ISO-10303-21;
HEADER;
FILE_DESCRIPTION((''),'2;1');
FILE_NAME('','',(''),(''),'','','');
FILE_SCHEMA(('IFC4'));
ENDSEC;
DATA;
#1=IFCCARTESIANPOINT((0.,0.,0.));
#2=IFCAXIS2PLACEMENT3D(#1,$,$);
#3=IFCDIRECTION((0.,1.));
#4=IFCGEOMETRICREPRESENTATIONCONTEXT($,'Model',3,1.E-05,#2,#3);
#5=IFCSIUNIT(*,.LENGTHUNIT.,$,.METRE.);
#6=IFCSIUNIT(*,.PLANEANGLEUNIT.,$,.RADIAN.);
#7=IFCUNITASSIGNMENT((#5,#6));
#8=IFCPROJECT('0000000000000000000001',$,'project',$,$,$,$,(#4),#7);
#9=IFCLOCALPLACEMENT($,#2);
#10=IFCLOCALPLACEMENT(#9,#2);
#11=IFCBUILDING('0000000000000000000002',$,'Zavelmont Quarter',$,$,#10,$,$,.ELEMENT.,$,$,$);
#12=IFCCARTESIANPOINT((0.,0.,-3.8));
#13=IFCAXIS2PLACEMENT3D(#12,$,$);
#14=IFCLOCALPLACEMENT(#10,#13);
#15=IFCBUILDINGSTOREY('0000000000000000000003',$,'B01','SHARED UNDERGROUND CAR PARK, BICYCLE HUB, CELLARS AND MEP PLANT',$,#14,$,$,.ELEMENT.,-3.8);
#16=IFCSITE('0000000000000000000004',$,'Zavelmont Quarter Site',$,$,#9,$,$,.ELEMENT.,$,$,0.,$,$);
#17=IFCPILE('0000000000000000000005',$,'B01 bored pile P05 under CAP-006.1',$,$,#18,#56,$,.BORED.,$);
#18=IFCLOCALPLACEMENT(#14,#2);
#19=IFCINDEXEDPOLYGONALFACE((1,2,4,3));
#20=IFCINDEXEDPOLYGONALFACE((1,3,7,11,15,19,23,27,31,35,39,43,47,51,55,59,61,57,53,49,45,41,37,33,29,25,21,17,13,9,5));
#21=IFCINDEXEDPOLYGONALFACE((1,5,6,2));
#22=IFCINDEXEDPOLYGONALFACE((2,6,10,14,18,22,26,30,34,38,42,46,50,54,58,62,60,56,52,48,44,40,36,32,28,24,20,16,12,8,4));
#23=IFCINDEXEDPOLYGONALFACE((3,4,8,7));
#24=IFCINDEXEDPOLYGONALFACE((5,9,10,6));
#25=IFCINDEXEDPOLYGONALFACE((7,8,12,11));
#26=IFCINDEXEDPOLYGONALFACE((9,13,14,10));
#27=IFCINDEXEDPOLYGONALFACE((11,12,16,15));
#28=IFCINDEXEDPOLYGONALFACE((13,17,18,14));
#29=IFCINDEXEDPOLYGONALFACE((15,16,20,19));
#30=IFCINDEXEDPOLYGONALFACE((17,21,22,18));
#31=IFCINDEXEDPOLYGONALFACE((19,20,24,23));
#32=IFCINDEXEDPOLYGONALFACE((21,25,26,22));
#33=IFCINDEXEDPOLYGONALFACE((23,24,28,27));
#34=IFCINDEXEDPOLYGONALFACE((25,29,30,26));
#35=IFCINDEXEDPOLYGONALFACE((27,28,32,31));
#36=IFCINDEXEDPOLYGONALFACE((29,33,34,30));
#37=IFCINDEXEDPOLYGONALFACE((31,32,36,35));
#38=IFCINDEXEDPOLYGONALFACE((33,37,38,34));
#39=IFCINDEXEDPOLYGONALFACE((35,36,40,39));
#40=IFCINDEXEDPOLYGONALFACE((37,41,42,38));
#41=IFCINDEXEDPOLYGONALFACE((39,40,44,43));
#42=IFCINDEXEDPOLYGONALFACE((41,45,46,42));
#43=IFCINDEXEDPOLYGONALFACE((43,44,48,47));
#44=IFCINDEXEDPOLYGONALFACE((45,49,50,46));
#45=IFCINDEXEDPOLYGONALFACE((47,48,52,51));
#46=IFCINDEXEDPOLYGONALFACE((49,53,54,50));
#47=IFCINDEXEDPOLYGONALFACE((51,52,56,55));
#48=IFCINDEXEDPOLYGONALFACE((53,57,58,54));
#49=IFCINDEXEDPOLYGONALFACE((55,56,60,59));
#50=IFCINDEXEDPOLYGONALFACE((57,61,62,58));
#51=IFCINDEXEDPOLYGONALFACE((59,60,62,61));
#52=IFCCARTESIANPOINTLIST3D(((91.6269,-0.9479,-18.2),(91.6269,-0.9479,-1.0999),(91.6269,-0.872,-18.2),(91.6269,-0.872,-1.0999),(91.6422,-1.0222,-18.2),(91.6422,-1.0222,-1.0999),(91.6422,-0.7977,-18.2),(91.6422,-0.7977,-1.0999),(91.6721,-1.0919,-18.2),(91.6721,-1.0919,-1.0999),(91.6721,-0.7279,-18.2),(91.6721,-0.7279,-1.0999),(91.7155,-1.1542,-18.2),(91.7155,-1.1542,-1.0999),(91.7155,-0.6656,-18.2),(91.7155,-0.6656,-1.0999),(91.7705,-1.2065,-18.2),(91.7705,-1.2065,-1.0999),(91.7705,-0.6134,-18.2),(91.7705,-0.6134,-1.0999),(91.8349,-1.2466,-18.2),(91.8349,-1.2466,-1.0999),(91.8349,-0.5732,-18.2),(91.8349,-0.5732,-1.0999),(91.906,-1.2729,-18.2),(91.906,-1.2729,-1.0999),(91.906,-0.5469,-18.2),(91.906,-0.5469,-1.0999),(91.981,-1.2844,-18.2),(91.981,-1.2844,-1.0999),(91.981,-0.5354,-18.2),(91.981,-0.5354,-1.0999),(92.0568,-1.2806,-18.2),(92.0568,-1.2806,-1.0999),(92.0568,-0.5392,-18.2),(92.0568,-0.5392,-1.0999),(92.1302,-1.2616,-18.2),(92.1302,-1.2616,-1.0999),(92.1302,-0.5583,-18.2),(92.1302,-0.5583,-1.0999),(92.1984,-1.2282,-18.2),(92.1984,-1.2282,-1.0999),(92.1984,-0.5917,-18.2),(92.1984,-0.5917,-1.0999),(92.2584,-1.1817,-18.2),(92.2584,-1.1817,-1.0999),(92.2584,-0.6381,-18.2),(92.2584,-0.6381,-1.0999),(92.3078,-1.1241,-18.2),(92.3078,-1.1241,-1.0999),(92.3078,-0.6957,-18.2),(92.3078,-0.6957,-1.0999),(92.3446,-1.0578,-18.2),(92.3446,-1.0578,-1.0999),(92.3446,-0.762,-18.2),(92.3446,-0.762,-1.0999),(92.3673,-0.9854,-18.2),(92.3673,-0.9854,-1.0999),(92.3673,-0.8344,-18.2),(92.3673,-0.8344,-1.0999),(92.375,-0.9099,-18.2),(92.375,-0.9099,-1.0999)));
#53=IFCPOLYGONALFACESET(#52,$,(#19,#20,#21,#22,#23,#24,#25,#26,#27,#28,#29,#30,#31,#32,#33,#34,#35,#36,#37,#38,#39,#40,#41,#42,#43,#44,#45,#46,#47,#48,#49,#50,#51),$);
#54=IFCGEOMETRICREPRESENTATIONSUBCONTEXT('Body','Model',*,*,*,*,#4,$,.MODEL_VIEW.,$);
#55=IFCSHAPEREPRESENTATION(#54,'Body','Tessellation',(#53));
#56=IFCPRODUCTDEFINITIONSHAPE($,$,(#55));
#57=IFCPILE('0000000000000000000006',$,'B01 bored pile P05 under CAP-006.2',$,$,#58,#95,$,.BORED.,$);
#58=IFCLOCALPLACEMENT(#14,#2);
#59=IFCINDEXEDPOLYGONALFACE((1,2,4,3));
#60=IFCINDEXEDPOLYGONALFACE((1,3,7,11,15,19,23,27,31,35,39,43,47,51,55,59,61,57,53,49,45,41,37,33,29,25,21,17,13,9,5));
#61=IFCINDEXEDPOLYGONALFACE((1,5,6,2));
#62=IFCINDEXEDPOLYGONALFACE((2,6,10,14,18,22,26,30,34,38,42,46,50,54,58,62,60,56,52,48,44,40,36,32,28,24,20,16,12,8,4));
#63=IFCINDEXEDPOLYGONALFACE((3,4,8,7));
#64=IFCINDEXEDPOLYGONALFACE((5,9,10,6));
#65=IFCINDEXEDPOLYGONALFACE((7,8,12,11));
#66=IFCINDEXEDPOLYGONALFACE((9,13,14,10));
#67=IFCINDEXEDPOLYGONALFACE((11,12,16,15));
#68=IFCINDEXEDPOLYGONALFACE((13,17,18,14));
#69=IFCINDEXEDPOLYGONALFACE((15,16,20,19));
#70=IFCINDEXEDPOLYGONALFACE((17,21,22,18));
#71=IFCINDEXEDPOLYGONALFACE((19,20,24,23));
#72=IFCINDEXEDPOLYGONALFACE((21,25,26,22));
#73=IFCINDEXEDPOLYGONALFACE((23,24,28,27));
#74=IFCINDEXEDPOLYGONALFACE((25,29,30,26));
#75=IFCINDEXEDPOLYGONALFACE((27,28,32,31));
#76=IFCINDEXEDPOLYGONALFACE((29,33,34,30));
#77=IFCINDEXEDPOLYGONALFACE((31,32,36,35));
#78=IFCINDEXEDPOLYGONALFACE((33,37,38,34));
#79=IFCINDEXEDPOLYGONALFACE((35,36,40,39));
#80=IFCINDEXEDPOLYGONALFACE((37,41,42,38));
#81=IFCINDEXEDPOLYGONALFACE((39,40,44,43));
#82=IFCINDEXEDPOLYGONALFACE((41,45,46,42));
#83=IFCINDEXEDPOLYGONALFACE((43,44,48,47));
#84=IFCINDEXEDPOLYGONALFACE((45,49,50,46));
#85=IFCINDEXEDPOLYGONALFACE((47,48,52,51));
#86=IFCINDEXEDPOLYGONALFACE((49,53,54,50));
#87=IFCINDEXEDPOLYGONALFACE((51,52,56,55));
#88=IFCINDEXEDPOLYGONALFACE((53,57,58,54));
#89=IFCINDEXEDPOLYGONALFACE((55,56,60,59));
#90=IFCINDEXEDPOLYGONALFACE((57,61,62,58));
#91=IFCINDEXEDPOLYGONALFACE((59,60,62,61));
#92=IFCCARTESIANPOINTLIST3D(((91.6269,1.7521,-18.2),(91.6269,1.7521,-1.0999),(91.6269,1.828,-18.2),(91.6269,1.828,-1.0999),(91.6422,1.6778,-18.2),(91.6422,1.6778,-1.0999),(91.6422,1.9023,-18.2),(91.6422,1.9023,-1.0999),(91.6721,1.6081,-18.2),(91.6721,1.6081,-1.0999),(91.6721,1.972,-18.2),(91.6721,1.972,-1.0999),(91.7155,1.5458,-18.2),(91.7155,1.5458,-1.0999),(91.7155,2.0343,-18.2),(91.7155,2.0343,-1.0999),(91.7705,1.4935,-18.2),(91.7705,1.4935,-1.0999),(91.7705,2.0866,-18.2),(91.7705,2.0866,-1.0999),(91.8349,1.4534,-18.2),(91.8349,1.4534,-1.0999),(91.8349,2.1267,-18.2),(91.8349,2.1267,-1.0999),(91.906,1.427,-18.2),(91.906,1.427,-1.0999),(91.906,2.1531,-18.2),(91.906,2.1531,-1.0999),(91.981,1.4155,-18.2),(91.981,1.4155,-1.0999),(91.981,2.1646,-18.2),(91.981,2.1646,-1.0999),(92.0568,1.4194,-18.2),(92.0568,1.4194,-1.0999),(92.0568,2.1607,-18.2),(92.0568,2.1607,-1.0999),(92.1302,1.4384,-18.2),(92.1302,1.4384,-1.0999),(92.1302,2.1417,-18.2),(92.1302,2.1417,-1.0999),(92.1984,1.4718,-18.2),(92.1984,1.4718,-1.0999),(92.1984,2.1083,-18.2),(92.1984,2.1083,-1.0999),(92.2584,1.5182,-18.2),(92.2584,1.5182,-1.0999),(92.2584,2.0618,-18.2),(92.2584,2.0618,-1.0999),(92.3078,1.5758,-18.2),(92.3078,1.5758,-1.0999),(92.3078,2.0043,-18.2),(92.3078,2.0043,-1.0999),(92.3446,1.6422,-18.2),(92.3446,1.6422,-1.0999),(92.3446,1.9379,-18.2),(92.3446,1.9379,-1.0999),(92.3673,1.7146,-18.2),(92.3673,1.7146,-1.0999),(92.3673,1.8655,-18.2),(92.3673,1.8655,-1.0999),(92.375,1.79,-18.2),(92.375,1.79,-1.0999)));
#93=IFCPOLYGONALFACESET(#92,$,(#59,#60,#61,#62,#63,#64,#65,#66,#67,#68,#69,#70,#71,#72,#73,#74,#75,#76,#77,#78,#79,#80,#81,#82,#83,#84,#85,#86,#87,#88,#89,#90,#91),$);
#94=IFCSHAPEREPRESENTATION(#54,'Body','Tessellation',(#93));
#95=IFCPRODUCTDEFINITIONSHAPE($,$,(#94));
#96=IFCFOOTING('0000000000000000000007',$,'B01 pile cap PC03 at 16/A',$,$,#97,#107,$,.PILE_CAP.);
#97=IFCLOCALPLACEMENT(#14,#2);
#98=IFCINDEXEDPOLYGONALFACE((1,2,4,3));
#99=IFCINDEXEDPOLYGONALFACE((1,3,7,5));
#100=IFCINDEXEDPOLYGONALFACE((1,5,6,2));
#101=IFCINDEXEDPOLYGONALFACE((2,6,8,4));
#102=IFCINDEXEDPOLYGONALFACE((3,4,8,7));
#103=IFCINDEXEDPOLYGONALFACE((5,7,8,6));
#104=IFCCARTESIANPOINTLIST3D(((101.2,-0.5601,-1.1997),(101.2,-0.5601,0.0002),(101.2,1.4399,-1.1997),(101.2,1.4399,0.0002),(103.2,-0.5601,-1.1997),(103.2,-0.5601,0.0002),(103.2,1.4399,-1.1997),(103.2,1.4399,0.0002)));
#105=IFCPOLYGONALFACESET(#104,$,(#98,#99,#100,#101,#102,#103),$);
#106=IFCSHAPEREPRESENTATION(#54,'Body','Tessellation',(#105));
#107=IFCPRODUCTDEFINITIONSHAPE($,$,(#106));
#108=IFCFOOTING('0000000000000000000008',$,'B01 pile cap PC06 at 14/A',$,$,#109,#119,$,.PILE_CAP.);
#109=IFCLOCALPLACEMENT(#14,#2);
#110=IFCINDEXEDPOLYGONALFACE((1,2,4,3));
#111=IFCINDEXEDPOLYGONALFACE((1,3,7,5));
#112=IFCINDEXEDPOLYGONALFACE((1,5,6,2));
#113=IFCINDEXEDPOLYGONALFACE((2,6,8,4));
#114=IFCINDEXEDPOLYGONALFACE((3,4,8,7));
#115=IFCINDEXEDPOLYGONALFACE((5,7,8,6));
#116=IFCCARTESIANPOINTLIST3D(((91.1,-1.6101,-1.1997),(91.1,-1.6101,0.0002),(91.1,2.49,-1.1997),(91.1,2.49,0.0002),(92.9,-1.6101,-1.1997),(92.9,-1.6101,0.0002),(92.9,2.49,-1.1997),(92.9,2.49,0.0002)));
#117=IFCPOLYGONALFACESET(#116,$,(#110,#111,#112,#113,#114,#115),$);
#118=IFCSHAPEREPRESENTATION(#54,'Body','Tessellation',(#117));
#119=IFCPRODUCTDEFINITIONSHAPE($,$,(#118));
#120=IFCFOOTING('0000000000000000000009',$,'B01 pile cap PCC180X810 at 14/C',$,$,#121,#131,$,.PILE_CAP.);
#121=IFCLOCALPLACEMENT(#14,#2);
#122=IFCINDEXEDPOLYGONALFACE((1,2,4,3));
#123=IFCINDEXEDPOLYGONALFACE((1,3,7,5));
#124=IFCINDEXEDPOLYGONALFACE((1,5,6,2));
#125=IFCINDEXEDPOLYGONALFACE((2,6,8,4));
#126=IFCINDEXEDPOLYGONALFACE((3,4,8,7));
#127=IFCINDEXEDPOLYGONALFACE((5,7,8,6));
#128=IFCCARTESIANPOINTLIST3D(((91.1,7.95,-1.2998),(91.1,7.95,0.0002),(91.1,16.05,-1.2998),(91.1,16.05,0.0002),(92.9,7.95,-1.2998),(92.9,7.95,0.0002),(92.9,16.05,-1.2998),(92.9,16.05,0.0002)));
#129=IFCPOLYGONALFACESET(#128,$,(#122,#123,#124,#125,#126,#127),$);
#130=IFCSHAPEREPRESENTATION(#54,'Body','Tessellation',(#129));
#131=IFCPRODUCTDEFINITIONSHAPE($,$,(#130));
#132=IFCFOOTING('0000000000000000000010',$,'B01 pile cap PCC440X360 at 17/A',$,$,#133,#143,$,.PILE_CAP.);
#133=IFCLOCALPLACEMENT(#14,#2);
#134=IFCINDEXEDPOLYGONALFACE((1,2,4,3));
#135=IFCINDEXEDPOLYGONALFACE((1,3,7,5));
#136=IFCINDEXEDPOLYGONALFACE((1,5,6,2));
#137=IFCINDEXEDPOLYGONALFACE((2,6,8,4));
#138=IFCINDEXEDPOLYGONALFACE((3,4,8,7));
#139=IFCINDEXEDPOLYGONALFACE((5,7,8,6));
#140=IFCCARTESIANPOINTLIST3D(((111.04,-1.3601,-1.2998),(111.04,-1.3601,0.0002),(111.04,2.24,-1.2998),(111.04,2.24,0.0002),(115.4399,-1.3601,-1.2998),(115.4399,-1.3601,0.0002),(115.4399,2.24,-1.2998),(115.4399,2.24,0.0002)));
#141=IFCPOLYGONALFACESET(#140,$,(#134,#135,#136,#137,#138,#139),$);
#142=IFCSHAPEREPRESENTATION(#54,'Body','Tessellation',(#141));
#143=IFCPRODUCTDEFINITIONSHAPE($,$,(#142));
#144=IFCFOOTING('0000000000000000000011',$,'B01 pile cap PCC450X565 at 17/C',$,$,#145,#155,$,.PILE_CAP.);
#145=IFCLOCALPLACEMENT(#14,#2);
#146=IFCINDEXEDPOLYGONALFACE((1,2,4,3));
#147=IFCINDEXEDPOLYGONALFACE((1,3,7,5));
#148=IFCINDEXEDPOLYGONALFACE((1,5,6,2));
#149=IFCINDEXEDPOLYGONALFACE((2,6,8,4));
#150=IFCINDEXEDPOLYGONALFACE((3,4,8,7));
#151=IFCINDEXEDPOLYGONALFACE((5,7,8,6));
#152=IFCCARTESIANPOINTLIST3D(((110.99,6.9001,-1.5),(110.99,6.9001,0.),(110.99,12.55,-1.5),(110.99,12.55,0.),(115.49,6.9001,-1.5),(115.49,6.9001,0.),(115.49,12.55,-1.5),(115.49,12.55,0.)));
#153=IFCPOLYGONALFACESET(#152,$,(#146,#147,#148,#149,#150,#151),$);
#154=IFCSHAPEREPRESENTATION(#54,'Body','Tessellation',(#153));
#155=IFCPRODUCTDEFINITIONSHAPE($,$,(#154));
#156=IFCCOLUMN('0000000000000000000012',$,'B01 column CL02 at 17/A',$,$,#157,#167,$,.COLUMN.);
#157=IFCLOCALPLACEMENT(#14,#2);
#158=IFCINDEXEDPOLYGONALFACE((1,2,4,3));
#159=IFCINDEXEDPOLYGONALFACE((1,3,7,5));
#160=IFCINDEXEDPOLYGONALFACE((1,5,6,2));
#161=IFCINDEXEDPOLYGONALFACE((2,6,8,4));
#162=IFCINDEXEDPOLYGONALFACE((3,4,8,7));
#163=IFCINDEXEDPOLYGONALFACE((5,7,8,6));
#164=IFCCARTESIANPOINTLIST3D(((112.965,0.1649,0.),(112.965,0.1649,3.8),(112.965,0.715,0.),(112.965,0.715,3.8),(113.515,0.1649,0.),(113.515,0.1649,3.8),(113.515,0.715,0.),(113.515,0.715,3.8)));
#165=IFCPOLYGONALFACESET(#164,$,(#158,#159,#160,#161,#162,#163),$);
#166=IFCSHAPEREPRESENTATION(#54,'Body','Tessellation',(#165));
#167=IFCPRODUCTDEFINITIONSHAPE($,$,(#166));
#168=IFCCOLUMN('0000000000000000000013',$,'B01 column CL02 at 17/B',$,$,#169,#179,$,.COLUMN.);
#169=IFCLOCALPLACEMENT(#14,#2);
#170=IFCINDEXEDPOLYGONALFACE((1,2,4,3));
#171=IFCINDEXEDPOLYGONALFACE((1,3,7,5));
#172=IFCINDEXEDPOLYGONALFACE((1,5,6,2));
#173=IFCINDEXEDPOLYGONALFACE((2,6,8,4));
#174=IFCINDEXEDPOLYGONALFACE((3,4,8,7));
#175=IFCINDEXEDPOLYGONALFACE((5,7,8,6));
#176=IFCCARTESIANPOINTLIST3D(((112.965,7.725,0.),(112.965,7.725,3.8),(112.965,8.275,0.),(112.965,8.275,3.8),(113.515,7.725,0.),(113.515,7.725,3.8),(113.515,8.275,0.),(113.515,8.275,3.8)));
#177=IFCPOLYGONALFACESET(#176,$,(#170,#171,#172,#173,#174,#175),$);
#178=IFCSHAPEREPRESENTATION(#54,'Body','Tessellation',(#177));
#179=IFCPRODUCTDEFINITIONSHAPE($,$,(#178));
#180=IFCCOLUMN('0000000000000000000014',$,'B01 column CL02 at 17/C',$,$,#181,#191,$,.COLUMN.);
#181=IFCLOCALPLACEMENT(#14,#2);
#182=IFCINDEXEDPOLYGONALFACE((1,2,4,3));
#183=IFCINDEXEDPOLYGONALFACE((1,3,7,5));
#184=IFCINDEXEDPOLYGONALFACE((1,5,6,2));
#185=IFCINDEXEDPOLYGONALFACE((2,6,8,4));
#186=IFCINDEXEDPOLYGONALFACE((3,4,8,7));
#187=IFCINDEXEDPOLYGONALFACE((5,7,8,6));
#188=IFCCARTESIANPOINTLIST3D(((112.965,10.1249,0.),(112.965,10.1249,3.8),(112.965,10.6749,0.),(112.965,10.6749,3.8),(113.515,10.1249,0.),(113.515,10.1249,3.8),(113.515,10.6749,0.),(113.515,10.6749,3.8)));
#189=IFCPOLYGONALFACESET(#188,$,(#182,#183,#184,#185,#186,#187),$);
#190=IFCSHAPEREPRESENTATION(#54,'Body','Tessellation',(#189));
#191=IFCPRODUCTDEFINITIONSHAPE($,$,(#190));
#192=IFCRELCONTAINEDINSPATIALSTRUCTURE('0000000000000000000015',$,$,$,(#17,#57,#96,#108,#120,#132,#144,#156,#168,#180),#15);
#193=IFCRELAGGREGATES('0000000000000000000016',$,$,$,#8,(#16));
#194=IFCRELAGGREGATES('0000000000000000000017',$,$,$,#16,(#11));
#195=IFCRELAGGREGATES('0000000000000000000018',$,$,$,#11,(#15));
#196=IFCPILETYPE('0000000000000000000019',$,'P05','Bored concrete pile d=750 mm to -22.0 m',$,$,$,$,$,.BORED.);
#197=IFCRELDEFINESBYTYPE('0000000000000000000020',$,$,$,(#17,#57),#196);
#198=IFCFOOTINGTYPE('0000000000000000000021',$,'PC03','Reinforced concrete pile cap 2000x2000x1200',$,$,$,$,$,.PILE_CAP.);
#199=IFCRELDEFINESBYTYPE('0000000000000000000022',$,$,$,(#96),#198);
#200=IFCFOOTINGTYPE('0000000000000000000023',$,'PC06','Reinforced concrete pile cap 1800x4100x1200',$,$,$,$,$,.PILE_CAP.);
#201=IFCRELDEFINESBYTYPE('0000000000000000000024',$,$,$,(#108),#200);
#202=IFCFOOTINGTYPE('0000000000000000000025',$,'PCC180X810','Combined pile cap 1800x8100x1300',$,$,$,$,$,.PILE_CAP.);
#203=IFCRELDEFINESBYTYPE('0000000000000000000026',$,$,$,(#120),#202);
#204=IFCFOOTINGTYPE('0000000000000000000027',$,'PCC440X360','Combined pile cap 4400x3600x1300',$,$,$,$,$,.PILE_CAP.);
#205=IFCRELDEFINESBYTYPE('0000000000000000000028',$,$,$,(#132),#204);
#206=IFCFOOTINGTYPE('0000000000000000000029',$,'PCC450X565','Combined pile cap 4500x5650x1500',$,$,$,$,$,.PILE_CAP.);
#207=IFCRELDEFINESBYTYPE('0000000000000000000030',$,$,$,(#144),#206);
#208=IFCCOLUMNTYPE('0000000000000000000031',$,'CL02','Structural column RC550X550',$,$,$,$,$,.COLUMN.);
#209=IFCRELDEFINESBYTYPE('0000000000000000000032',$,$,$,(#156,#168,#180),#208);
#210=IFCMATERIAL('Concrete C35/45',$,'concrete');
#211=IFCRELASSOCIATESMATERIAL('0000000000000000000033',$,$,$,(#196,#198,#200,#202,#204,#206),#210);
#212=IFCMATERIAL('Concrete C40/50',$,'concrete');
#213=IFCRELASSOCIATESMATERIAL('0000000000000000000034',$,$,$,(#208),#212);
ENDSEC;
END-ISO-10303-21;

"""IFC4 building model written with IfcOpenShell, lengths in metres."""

from ifc_helpers import new_model, si_unit, direction, frame, origin, origin_2d, place, context, subcontext, project, spatial, rectangle, circle, extrude, material, material_profile, profile_set, type_object, element, save


model = new_model("IFC4")

# Units and contexts
model_context = context("Model", 3, precision=1e-05, world=origin(), true_north=direction((0.0, 1.0)))
body_context = subcontext(model_context, "Body", "Model", "MODEL_VIEW")
ifc_project = project(units=[si_unit("LENGTHUNIT", "METRE"), si_unit("PLANEANGLEUNIT", "RADIAN")], contexts=[model_context])

# Site, building, storey
site_placement = place(None, origin())
site = spatial("IfcSite", under=ifc_project, at=site_placement, Name="Zavelmont Quarter Site", CompositionType="ELEMENT", RefElevation=0.0)
building_placement = place(site_placement, origin())
building = spatial("IfcBuilding", under=site, at=building_placement, Name="Zavelmont Quarter", CompositionType="ELEMENT")
storey_placement = place(building_placement, frame((0.0, 0.0, -3.8)))
storey = spatial("IfcBuildingStorey", under=building, at=storey_placement, Name="B01", Description="SHARED UNDERGROUND CAR PARK, BICYCLE HUB, CELLARS AND MEP PLANT", CompositionType="ELEMENT", Elevation=-3.8)

# Shared definitions
ifc_material_1 = material(Name="Concrete C35/45", Category="concrete")

# Piles
ifc_material_profile_1 = material_profile(ifc_material_1, circle(Radius=0.375, at=origin_2d()), Name="BP750")
ifc_profile_set_1 = profile_set([ifc_material_profile_1], Name="Concrete C35/45")
pile_type_1 = type_object("IfcPileType", Name="P05", Description="Bored concrete pile d=750 mm to -22.0 m", PredefinedType="BORED", material=ifc_profile_set_1)
for number, where, z_axis, x_axis, name in (
    (1, (92.0, -0.9099, -1.0999), (0.0, 0.0, -1.0), (1.0, 0.0, 0.0), "B01 bored pile P05 under CAP-006.1"),
    (2, (92.0, 1.79, -1.0999), (0.0, 0.0, -1.0), (1.0, 0.0, 0.0), "B01 bored pile P05 under CAP-006.2"),
):
    element("IfcPile", number, at=place(storey_placement, frame(where, z_axis=z_axis, x_axis=x_axis)), inside=storey, type_object=pile_type_1, Name=name, PredefinedType="BORED", context=body_context, shape_type="SweptSolid", body=[
        extrude(circle(Radius=0.375, at=origin_2d()), origin(), (0.0, 0.0, 1.0), 17.1001),
    ])

# Footings
footing_type_1 = type_object("IfcFootingType", Name="PC03", Description="Reinforced concrete pile cap 2000x2000x1200", PredefinedType="PILE_CAP", material=ifc_material_1)
footing_1_placement = place(storey_placement, frame((102.2, 0.4399, -1.1997), z_axis=(0.0, 0.0, 1.0), x_axis=(1.0, 0.0, 0.0)))
element("IfcFooting", 3, at=footing_1_placement, inside=storey, type_object=footing_type_1, Name="B01 pile cap PC03 at 16/A", PredefinedType="PILE_CAP", context=body_context, shape_type="SweptSolid", body=[
    extrude(rectangle(XDim=2.0, YDim=2.0, at=origin_2d()), origin(), (0.0, 0.0, 1.0), 1.2),
])
footing_type_2 = type_object("IfcFootingType", Name="PC06", Description="Reinforced concrete pile cap 1800x4100x1200", PredefinedType="PILE_CAP", material=ifc_material_1)
footing_2_placement = place(storey_placement, frame((92.0, 0.4399, -1.1997), z_axis=(0.0, 0.0, 1.0), x_axis=(1.0, 0.0, 0.0)))
element("IfcFooting", 4, at=footing_2_placement, inside=storey, type_object=footing_type_2, Name="B01 pile cap PC06 at 14/A", PredefinedType="PILE_CAP", context=body_context, shape_type="SweptSolid", body=[
    extrude(rectangle(XDim=1.8, YDim=4.1001, at=origin_2d()), origin(), (0.0, 0.0, 1.0), 1.2),
])
footing_type_3 = type_object("IfcFootingType", Name="PCC180X810", Description="Combined pile cap 1800x8100x1300", PredefinedType="PILE_CAP", material=ifc_material_1)
footing_3_placement = place(storey_placement, frame((92.0, 12.0, -1.2998), z_axis=(0.0, 0.0, 1.0), x_axis=(1.0, 0.0, 0.0)))
element("IfcFooting", 5, at=footing_3_placement, inside=storey, type_object=footing_type_3, Name="B01 pile cap PCC180X810 at 14/C", PredefinedType="PILE_CAP", context=body_context, shape_type="SweptSolid", body=[
    extrude(rectangle(XDim=1.8, YDim=8.1001, at=origin_2d()), origin(), (0.0, 0.0, 1.0), 1.3),
])
footing_type_4 = type_object("IfcFootingType", Name="PCC440X360", Description="Combined pile cap 4400x3600x1300", PredefinedType="PILE_CAP", material=ifc_material_1)
footing_4_placement = place(storey_placement, frame((113.24, 0.4399, -1.2998), z_axis=(0.0, 0.0, 1.0), x_axis=(1.0, 0.0, 0.0)))
element("IfcFooting", 6, at=footing_4_placement, inside=storey, type_object=footing_type_4, Name="B01 pile cap PCC440X360 at 17/A", PredefinedType="PILE_CAP", context=body_context, shape_type="SweptSolid", body=[
    extrude(rectangle(XDim=4.3999, YDim=3.6001, at=origin_2d()), origin(), (0.0, 0.0, 1.0), 1.3),
])
footing_type_5 = type_object("IfcFootingType", Name="PCC450X565", Description="Combined pile cap 4500x5650x1500", PredefinedType="PILE_CAP", material=ifc_material_1)
footing_5_placement = place(storey_placement, frame((113.24, 9.7251, -1.5), z_axis=(0.0, 0.0, 1.0), x_axis=(1.0, 0.0, 0.0)))
element("IfcFooting", 7, at=footing_5_placement, inside=storey, type_object=footing_type_5, Name="B01 pile cap PCC450X565 at 17/C", PredefinedType="PILE_CAP", context=body_context, shape_type="SweptSolid", body=[
    extrude(rectangle(XDim=4.5, YDim=5.6499, at=origin_2d()), origin(), (0.0, 0.0, 1.0), 1.5),
])

# Columns
ifc_material_2 = material(Name="Concrete C40/50", Category="concrete")
ifc_material_profile_2 = material_profile(ifc_material_2, rectangle(XDim=0.55, YDim=0.55, at=origin_2d()), Name="RC550X550")
ifc_profile_set_2 = profile_set([ifc_material_profile_2], Name="Concrete C40/50")
column_type_1 = type_object("IfcColumnType", Name="CL02", Description="Structural column RC550X550", PredefinedType="COLUMN", material=ifc_profile_set_2)
for number, where, z_axis, x_axis, name in (
    (8, (113.24, 0.4399, 0.0), (0.0, 0.0, 1.0), (1.0, 0.0, 0.0), "B01 column CL02 at 17/A"),
    (9, (113.24, 8.0, 0.0), (0.0, 0.0, 1.0), (1.0, 0.0, 0.0), "B01 column CL02 at 17/B"),
    (10, (113.24, 10.3999, 0.0), (0.0, 0.0, 1.0), (1.0, 0.0, 0.0), "B01 column CL02 at 17/C"),
):
    element("IfcColumn", number, at=place(storey_placement, frame(where, z_axis=z_axis, x_axis=x_axis)), inside=storey, type_object=column_type_1, Name=name, PredefinedType="COLUMN", context=body_context, shape_type="SweptSolid", body=[
        extrude(rectangle(XDim=0.55, YDim=0.55, at=origin_2d()), origin(), (0.0, 0.0, 1.0), 3.8),
    ])

save(model, "model.ifc")
